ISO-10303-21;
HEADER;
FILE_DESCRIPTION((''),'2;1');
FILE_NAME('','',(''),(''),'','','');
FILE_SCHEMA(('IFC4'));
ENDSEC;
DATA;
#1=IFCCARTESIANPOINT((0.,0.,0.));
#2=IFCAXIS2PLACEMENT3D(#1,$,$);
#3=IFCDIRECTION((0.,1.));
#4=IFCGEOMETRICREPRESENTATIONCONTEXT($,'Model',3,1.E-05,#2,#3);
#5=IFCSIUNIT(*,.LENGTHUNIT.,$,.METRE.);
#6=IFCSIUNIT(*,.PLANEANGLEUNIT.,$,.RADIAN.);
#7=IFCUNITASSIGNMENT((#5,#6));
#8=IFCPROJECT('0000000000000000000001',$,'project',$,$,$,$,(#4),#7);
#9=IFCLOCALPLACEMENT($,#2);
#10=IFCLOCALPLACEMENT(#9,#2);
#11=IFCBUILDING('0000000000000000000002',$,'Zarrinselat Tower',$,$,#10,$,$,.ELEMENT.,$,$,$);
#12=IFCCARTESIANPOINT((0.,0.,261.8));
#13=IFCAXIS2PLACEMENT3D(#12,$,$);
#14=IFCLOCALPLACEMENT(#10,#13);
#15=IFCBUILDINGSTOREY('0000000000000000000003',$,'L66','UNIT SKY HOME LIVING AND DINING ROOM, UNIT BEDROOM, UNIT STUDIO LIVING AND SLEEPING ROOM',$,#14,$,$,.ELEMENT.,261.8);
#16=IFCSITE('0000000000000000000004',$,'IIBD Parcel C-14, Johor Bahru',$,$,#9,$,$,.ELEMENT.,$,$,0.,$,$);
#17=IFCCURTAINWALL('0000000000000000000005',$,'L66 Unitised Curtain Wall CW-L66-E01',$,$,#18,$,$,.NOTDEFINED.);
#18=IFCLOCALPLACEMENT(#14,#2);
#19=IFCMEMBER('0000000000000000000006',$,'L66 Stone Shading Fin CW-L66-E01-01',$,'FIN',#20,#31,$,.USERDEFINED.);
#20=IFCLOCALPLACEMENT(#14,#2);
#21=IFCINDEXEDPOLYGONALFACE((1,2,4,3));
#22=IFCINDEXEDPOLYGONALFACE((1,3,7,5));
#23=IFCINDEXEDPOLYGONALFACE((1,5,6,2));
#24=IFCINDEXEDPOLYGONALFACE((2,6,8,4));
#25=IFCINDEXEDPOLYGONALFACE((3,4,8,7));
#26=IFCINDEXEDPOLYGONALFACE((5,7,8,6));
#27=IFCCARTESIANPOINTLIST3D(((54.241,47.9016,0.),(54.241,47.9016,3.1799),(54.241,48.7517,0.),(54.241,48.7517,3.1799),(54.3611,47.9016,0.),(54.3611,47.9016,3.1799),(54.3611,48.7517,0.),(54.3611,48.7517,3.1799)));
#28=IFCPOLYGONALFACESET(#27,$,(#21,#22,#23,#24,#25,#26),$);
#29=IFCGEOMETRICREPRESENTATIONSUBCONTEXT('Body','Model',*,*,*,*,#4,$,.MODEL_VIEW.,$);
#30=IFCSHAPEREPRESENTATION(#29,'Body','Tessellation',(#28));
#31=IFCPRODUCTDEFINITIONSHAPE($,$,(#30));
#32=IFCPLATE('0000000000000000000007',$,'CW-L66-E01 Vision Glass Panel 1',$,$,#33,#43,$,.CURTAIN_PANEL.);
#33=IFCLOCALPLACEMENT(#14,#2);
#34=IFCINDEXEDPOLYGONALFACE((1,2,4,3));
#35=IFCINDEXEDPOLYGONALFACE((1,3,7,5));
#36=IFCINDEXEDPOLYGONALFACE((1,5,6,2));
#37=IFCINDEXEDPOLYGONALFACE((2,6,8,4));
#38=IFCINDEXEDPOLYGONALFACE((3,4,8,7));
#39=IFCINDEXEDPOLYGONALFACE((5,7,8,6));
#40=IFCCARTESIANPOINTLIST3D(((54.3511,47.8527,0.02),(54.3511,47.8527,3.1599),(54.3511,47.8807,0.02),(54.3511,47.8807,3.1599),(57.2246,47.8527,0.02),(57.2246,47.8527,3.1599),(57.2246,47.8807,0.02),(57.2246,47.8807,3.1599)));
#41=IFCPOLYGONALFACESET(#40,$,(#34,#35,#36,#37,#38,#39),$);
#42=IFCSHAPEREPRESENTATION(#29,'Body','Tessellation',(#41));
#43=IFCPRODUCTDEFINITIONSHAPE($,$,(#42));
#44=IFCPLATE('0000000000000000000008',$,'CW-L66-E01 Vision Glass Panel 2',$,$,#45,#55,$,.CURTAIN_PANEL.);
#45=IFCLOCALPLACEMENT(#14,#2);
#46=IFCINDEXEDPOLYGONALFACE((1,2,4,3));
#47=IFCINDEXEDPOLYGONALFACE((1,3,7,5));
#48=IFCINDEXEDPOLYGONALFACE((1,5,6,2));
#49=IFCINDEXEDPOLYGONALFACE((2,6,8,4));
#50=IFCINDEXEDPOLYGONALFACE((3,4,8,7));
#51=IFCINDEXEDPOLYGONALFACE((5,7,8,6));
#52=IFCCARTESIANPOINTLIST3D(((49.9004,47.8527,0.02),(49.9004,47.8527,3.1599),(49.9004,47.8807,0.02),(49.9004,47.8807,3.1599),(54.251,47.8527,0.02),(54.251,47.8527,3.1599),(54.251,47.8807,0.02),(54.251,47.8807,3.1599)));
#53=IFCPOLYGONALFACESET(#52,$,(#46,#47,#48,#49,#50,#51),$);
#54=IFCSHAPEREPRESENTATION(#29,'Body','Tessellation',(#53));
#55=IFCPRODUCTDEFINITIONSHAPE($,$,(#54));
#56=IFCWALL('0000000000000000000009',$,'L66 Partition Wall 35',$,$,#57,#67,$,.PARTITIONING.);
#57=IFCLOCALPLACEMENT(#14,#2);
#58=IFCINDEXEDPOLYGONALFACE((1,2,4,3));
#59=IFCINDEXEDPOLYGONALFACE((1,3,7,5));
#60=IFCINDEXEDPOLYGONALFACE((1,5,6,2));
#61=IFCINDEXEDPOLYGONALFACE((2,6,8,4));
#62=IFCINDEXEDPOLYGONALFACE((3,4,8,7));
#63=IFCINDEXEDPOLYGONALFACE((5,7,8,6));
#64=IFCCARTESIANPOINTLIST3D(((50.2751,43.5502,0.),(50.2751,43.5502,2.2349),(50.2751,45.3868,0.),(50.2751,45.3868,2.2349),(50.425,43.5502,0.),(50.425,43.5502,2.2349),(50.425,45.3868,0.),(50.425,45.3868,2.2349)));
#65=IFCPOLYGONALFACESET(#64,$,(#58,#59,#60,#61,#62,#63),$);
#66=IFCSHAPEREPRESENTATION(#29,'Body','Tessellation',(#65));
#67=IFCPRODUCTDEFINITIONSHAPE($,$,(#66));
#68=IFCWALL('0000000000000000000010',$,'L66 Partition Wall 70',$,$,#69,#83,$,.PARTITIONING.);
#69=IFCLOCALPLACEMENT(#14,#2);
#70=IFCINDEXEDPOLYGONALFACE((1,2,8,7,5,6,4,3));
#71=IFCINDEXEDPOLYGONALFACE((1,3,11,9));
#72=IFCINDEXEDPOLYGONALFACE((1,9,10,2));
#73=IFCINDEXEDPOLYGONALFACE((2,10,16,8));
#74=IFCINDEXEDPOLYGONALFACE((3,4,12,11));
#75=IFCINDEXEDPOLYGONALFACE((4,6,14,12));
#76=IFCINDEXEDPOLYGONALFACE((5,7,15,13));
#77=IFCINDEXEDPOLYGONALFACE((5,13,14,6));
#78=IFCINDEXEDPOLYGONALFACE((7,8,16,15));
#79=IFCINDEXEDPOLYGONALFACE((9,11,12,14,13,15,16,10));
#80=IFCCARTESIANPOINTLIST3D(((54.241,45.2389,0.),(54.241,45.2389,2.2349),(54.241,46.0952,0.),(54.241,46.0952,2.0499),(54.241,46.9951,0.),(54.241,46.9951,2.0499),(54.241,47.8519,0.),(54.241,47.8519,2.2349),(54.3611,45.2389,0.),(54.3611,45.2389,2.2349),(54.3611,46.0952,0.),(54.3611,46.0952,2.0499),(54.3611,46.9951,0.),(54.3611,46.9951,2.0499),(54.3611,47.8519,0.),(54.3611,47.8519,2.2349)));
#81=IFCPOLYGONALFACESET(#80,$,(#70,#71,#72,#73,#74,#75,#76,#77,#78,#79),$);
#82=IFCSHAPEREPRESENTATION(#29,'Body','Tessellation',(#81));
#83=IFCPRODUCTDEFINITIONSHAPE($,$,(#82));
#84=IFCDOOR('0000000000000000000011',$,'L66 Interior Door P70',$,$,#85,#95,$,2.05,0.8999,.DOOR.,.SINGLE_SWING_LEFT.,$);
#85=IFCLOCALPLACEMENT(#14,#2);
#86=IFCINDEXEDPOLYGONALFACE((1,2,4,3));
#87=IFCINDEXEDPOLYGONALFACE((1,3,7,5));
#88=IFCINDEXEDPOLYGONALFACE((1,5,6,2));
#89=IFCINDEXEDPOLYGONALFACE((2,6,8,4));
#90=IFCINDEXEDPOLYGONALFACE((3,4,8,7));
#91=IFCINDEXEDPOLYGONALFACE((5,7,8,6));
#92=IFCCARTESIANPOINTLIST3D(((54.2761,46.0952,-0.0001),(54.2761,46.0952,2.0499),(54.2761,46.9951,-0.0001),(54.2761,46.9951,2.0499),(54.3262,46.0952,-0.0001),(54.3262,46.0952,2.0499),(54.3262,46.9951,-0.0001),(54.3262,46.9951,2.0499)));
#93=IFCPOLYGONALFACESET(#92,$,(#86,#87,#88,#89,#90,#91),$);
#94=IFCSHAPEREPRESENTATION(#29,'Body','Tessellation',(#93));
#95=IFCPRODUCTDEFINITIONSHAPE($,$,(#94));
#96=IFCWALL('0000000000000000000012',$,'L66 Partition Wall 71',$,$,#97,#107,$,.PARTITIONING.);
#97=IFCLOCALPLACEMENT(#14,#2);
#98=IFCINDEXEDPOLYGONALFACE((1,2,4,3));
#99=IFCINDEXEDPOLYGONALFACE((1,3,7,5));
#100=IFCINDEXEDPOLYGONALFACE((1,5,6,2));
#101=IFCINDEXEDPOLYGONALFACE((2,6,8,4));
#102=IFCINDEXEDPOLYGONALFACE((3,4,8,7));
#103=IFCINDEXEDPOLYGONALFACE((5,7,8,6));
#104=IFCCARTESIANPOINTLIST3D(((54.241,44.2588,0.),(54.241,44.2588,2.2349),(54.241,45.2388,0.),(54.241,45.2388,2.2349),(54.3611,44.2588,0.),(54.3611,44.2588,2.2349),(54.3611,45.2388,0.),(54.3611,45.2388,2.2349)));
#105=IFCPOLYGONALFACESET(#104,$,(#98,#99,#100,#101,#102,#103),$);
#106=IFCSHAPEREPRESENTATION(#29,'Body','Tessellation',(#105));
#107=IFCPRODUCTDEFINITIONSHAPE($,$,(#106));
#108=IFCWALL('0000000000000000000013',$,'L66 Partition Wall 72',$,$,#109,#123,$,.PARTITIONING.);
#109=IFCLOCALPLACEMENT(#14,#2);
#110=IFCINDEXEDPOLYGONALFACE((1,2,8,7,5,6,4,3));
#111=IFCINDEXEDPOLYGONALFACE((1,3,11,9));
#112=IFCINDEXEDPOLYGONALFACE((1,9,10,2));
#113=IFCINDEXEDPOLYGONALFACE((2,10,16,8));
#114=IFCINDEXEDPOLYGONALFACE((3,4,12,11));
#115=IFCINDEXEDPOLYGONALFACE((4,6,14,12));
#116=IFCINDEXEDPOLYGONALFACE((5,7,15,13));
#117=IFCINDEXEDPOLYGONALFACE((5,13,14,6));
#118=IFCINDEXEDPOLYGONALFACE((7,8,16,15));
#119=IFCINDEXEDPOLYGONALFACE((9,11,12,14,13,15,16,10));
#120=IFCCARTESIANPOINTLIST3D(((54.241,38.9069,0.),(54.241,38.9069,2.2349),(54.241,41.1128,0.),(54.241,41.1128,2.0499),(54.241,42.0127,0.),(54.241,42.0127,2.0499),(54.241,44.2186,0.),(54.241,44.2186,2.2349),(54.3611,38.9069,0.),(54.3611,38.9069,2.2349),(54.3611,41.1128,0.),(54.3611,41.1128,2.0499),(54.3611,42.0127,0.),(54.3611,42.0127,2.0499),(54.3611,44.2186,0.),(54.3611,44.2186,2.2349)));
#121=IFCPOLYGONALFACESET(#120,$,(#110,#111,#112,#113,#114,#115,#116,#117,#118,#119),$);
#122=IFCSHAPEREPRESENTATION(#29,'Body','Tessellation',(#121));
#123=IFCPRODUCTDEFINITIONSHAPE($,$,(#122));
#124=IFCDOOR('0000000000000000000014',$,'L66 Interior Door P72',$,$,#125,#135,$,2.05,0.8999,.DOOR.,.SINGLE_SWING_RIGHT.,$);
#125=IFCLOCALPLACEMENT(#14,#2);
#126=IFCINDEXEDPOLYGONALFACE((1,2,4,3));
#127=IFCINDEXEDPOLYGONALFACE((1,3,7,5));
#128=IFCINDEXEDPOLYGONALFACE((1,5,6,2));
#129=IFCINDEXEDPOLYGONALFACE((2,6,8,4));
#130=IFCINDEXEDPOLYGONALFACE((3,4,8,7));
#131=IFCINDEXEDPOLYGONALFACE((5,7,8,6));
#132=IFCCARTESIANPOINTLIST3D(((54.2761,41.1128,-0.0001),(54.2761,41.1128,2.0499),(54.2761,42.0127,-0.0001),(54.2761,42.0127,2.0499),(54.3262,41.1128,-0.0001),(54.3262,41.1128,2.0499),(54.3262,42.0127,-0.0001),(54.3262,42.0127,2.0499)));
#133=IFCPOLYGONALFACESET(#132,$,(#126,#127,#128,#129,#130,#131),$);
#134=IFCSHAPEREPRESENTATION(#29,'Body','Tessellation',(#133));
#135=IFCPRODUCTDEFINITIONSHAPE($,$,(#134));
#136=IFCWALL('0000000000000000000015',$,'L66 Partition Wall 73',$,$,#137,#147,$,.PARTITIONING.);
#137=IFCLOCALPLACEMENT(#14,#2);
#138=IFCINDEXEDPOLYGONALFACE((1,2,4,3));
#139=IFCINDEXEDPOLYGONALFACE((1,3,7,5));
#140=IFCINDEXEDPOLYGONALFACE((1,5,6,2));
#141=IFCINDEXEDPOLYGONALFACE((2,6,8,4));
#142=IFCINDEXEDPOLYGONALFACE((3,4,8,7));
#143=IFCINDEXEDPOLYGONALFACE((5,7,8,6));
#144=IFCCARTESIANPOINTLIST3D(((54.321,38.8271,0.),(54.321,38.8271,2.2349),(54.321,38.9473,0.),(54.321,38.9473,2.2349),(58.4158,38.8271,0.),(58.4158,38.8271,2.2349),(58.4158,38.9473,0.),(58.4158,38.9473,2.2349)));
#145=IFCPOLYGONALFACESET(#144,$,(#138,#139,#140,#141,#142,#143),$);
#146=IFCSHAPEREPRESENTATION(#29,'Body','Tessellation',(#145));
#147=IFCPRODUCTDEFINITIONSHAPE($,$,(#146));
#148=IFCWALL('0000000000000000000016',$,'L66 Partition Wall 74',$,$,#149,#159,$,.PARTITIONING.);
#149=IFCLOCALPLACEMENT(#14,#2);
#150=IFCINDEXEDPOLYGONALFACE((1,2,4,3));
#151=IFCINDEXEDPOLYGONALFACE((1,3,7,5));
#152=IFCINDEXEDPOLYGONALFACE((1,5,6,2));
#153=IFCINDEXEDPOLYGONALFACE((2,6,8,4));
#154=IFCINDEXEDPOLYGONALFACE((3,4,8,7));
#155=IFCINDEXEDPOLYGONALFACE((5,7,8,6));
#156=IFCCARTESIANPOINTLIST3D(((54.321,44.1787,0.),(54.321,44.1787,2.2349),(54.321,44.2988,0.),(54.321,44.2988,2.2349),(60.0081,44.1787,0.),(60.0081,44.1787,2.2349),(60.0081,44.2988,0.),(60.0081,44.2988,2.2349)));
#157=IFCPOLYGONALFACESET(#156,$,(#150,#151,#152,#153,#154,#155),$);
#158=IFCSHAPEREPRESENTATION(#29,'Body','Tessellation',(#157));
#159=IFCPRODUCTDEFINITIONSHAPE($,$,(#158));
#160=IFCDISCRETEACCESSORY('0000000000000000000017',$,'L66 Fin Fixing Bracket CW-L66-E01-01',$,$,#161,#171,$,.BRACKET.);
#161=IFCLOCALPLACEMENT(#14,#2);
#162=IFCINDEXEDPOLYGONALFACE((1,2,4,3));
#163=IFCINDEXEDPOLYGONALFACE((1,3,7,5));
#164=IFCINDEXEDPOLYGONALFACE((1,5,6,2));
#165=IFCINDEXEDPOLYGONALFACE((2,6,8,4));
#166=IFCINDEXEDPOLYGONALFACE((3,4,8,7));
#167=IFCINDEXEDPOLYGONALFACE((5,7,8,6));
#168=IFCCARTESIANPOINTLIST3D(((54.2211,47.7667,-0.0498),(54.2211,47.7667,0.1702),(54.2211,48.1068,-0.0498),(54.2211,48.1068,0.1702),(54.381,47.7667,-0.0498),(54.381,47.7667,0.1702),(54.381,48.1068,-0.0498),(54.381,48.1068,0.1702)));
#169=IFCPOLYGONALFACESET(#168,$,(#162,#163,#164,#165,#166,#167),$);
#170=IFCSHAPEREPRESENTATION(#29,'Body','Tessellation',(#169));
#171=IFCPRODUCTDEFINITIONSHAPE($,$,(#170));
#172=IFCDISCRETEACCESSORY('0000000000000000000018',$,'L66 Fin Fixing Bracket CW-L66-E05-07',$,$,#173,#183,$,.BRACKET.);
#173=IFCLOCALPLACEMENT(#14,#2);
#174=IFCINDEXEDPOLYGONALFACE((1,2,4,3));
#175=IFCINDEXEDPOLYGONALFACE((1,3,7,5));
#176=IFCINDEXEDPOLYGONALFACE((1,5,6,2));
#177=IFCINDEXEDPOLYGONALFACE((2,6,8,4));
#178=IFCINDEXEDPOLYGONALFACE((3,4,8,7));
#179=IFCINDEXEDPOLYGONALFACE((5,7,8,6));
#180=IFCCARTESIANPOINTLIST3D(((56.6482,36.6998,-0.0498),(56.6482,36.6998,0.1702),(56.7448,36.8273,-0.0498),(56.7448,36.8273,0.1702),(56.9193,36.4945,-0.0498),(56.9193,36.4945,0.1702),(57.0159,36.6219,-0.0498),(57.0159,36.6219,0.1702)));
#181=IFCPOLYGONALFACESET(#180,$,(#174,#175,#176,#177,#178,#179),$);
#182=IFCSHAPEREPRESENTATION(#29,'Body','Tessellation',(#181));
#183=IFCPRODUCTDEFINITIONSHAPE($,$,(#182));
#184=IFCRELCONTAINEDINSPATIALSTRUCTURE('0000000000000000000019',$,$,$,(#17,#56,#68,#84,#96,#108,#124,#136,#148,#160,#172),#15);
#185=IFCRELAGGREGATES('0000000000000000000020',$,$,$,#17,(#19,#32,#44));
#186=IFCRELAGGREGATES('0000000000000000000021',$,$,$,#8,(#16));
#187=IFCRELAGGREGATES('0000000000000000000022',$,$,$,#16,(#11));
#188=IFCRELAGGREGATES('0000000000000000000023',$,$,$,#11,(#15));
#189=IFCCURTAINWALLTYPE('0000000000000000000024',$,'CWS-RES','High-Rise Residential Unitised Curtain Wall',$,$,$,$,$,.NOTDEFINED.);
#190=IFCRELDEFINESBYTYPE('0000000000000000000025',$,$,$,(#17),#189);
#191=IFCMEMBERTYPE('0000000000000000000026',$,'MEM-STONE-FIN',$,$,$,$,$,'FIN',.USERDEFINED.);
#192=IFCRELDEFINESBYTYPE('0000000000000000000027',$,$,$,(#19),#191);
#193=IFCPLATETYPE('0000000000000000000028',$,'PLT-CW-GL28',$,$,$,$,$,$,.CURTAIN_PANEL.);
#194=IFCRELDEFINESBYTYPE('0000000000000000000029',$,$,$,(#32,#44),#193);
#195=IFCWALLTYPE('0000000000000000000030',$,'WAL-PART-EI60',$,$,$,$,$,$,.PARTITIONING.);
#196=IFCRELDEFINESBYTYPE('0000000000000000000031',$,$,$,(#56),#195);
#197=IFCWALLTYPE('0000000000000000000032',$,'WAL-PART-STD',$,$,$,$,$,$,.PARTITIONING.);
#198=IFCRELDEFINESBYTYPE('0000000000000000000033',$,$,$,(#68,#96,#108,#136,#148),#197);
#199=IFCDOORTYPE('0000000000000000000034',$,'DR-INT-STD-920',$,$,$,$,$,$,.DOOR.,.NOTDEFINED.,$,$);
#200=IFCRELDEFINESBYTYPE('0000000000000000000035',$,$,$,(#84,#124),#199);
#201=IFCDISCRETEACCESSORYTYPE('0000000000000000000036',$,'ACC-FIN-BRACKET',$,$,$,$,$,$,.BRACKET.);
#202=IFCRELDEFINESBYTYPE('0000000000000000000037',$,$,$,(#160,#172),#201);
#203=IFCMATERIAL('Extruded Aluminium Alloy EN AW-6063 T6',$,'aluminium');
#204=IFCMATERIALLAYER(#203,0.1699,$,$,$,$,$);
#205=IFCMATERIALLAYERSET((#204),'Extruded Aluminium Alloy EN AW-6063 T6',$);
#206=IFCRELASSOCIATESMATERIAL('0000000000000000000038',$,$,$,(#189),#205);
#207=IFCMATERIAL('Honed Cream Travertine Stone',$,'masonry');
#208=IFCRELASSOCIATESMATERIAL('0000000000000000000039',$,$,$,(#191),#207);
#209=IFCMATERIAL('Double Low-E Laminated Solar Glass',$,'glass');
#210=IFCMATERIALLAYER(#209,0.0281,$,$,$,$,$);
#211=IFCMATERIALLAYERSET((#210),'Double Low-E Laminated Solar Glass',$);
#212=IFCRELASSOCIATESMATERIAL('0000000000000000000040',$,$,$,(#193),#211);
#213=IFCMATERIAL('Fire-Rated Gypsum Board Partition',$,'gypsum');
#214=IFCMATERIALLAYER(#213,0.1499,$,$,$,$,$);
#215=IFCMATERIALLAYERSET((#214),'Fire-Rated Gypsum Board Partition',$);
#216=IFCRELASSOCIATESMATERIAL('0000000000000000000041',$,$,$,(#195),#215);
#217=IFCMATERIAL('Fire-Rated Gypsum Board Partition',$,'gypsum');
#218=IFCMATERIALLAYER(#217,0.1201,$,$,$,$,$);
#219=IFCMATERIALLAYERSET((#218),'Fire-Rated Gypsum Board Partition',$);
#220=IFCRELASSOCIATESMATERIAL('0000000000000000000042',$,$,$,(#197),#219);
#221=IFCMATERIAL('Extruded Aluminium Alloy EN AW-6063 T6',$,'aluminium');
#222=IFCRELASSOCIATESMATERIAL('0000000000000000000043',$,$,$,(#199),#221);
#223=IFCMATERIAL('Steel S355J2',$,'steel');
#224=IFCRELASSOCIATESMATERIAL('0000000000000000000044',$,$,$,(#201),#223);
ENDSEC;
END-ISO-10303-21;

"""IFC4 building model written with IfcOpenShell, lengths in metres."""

from ifc_helpers import new_model, si_unit, direction, frame, frame_2d, origin, origin_2d, place, context, subcontext, project, spatial, rectangle, extrude, material, layer, layer_set, material_profile, profile_set, type_object, element, fill, aggregate, save


model = new_model("IFC4")

# Units and contexts
model_context = context("Model", 3, precision=1e-05, world=origin(), true_north=direction((0.0, 1.0)))
body_context = subcontext(model_context, "Body", "Model", "MODEL_VIEW")
ifc_project = project(units=[si_unit("LENGTHUNIT", "METRE"), si_unit("PLANEANGLEUNIT", "RADIAN")], contexts=[model_context])

# Site, building, storey
site_placement = place(None, origin())
site = spatial("IfcSite", under=ifc_project, at=site_placement, Name="IIBD Parcel C-14, Johor Bahru", CompositionType="ELEMENT", RefElevation=0.0)
building_placement = place(site_placement, origin())
building = spatial("IfcBuilding", under=site, at=building_placement, Name="Zarrinselat Tower", CompositionType="ELEMENT")
storey_placement = place(building_placement, frame((0.0, 0.0, 261.8)))
storey = spatial("IfcBuildingStorey", under=building, at=storey_placement, Name="L66", Description="UNIT SKY HOME LIVING AND DINING ROOM, UNIT BEDROOM, UNIT STUDIO LIVING AND SLEEPING ROOM", CompositionType="ELEMENT", Elevation=261.8)

# Curtain wall, member, plates
ifc_material_1 = material(Name="Extruded Aluminium Alloy EN AW-6063 T6", Category="aluminium")
ifc_layer_1 = layer(ifc_material_1, 0.1699)
ifc_layer_set_1 = layer_set([ifc_layer_1], Name="Extruded Aluminium Alloy EN AW-6063 T6")
curtain_wall_type_1 = type_object("IfcCurtainWallType", Name="CWS-RES", Description="High-Rise Residential Unitised Curtain Wall", PredefinedType="NOTDEFINED", material=ifc_layer_set_1)
curtain_wall_1_placement = place(storey_placement, origin())
curtain_wall_1 = element("IfcCurtainWall", 1, at=curtain_wall_1_placement, inside=storey, type_object=curtain_wall_type_1, Name="L66 Unitised Curtain Wall CW-L66-E01", PredefinedType="NOTDEFINED")
ifc_material_2 = material(Name="Honed Cream Travertine Stone", Category="masonry")
ifc_material_profile_1 = material_profile(ifc_material_2, rectangle(XDim=0.1201, YDim=0.8501, at=origin_2d()), Name="FIN 850x120")
ifc_profile_set_1 = profile_set([ifc_material_profile_1], Name="Honed Cream Travertine Stone")
member_type_1 = type_object("IfcMemberType", Name="MEM-STONE-FIN", ElementType="FIN", PredefinedType="USERDEFINED", material=ifc_profile_set_1)
member_1_placement = place(storey_placement, frame((54.301, 48.3267, 0.0), z_axis=(0.0, 0.0, 1.0), x_axis=(1.0, 0.0, 0.0)))
member_1 = element("IfcMember", 2, at=member_1_placement, type_object=member_type_1, Name="L66 Stone Shading Fin CW-L66-E01-01", ObjectType="FIN", PredefinedType="USERDEFINED", context=body_context, shape_type="SweptSolid", body=[
    extrude(rectangle(XDim=0.1201, YDim=0.8501, at=origin_2d()), origin(), (0.0, 0.0, 1.0), 3.1799),
])
ifc_material_3 = material(Name="Double Low-E Laminated Solar Glass", Category="glass")
ifc_layer_2 = layer(ifc_material_3, 0.0281)
ifc_layer_set_2 = layer_set([ifc_layer_2], Name="Double Low-E Laminated Solar Glass")
plate_type = type_object("IfcPlateType", Name="PLT-CW-GL28", PredefinedType="CURTAIN_PANEL", material=ifc_layer_set_2)
plate_1_placement = place(storey_placement, frame((55.7878, 47.8667, 0.02), z_axis=(0.0, 0.0, 1.0), x_axis=(-1.0, 0.0, 0.0)))
plate_1 = element("IfcPlate", 3, at=plate_1_placement, type_object=plate_type, Name="CW-L66-E01 Vision Glass Panel 1", PredefinedType="CURTAIN_PANEL", context=body_context, shape_type="SweptSolid", body=[
    extrude(rectangle(XDim=2.8735, YDim=0.0281, at=origin_2d()), origin(), (0.0, 0.0, 1.0), 3.1399),
])
plate_2_placement = place(storey_placement, frame((52.0757, 47.8667, 0.02), z_axis=(0.0, 0.0, 1.0), x_axis=(-1.0, 0.0, 0.0)))
plate_2 = element("IfcPlate", 4, at=plate_2_placement, type_object=plate_type, Name="CW-L66-E01 Vision Glass Panel 2", PredefinedType="CURTAIN_PANEL", context=body_context, shape_type="SweptSolid", body=[
    extrude(rectangle(XDim=4.3506, YDim=0.0281, at=origin_2d()), origin(), (0.0, 0.0, 1.0), 3.1399),
])
aggregate(curtain_wall_1, [member_1, plate_1, plate_2])

# Wall
ifc_material_4 = material(Name="Fire-Rated Gypsum Board Partition", Category="gypsum")
ifc_layer_3 = layer(ifc_material_4, 0.1499)
ifc_layer_set_3 = layer_set([ifc_layer_3], Name="Fire-Rated Gypsum Board Partition")
wall_type_1 = type_object("IfcWallType", Name="WAL-PART-EI60", PredefinedType="PARTITIONING", material=ifc_layer_set_3)
wall_1_placement = place(storey_placement, frame((50.3501, 43.55, 0.0), z_axis=(0.0, 0.0, 1.0), x_axis=(0.0, 1.0, 0.0)))
element("IfcWall", 5, at=wall_1_placement, inside=storey, type_object=wall_type_1, Name="L66 Partition Wall 35", PredefinedType="PARTITIONING", context=body_context, shape_type="SweptSolid", body=[
    extrude(rectangle(XDim=1.8367, YDim=0.1499, at=frame_2d((0.9185, 0.0))), origin(), (0.0, 0.0, 1.0), 2.2349),
])

# Wall, opening, door
ifc_material_5 = material(Name="Fire-Rated Gypsum Board Partition", Category="gypsum")
ifc_layer_4 = layer(ifc_material_5, 0.1201)
ifc_layer_set_4 = layer_set([ifc_layer_4], Name="Fire-Rated Gypsum Board Partition")
wall_type_2 = type_object("IfcWallType", Name="WAL-PART-STD", PredefinedType="PARTITIONING", material=ifc_layer_set_4)
wall_2_placement = place(storey_placement, frame((54.301, 45.2388, 0.0), z_axis=(0.0, 0.0, 1.0), x_axis=(0.0, 1.0, 0.0)))
wall_2 = element("IfcWall", 6, at=wall_2_placement, inside=storey, type_object=wall_type_2, Name="L66 Partition Wall 70", PredefinedType="PARTITIONING", context=body_context, shape_type="SweptSolid", body=[
    extrude(rectangle(XDim=2.613, YDim=0.1201, at=frame_2d((1.3066, 0.0))), origin(), (0.0, 0.0, 1.0), 2.2349),
])
opening_1_placement = place(wall_2_placement, frame((0.8564, 0.0, 0.0)))
opening_1 = element("IfcOpeningElement", 7, at=opening_1_placement, cuts=wall_2, PredefinedType="OPENING", context=body_context, shape_type="SweptSolid", body=[
    extrude(rectangle(XDim=0.8999, YDim=2.05, at=frame_2d((0.45, 1.0249))), frame((0.0, 0.0701, 0.0), z_axis=(0.0, -1.0, 0.0), x_axis=(1.0, 0.0, 0.0)), (0.0, 0.0, 1.0), 0.1401),
])
ifc_material_6 = material(Name="Extruded Aluminium Alloy EN AW-6063 T6", Category="aluminium")
door_type = type_object("IfcDoorType", Name="DR-INT-STD-920", OperationType="NOTDEFINED", PredefinedType="DOOR", material=ifc_material_6)
door_1_placement = place(opening_1_placement, origin())
door_1 = element("IfcDoor", 8, at=door_1_placement, inside=storey, type_object=door_type, Name="L66 Interior Door P70", OperationType="SINGLE_SWING_LEFT", OverallHeight=2.05, OverallWidth=0.8999, PredefinedType="DOOR", context=body_context, shape_type="SweptSolid", body=[
    extrude(rectangle(XDim=0.8999, YDim=2.05, at=frame_2d((0.45, 1.0249))), frame((0.0, 0.0249, 0.0), z_axis=(0.0, -1.0, 0.0), x_axis=(1.0, 0.0, 0.0)), (0.0, 0.0, 1.0), 0.05),
])
fill(opening_1, door_1)

# Wall
wall_3_placement = place(storey_placement, frame((54.301, 44.2588, 0.0), z_axis=(0.0, 0.0, 1.0), x_axis=(0.0, 1.0, 0.0)))
element("IfcWall", 9, at=wall_3_placement, inside=storey, type_object=wall_type_2, Name="L66 Partition Wall 71", PredefinedType="PARTITIONING", context=body_context, shape_type="SweptSolid", body=[
    extrude(rectangle(XDim=0.98, YDim=0.1201, at=frame_2d((0.49, 0.0))), origin(), (0.0, 0.0, 1.0), 2.2349),
])

# Wall, opening, door
wall_4_placement = place(storey_placement, frame((54.301, 38.907, 0.0), z_axis=(0.0, 0.0, 1.0), x_axis=(0.0, 1.0, 0.0)))
wall_4 = element("IfcWall", 10, at=wall_4_placement, inside=storey, type_object=wall_type_2, Name="L66 Partition Wall 72", PredefinedType="PARTITIONING", context=body_context, shape_type="SweptSolid", body=[
    extrude(rectangle(XDim=5.3118, YDim=0.1201, at=frame_2d((2.6558, 0.0))), origin(), (0.0, 0.0, 1.0), 2.2349),
])
opening_2_placement = place(wall_4_placement, frame((2.2058, 0.0, 0.0)))
opening_2 = element("IfcOpeningElement", 11, at=opening_2_placement, cuts=wall_4, PredefinedType="OPENING", context=body_context, shape_type="SweptSolid", body=[
    extrude(rectangle(XDim=0.8999, YDim=2.05, at=frame_2d((0.45, 1.0249))), frame((0.0, 0.0701, 0.0), z_axis=(0.0, -1.0, 0.0), x_axis=(1.0, 0.0, 0.0)), (0.0, 0.0, 1.0), 0.1401),
])
door_2_placement = place(opening_2_placement, origin())
door_2 = element("IfcDoor", 12, at=door_2_placement, inside=storey, type_object=door_type, Name="L66 Interior Door P72", OperationType="SINGLE_SWING_RIGHT", OverallHeight=2.05, OverallWidth=0.8999, PredefinedType="DOOR", context=body_context, shape_type="SweptSolid", body=[
    extrude(rectangle(XDim=0.8999, YDim=2.05, at=frame_2d((0.45, 1.0249))), frame((0.0, 0.0249, 0.0), z_axis=(0.0, -1.0, 0.0), x_axis=(1.0, 0.0, 0.0)), (0.0, 0.0, 1.0), 0.05),
])
fill(opening_2, door_2)

# Walls
wall_5_placement = place(storey_placement, frame((54.321, 38.8872, 0.0), z_axis=(0.0, 0.0, 1.0), x_axis=(1.0, 0.0, 0.0)))
element("IfcWall", 13, at=wall_5_placement, inside=storey, type_object=wall_type_2, Name="L66 Partition Wall 73", PredefinedType="PARTITIONING", context=body_context, shape_type="SweptSolid", body=[
    extrude(rectangle(XDim=4.0947, YDim=0.1201, at=frame_2d((2.0474, 0.0))), origin(), (0.0, 0.0, 1.0), 2.2349),
])
wall_6_placement = place(storey_placement, frame((54.321, 44.2388, 0.0), z_axis=(0.0, 0.0, 1.0), x_axis=(1.0, 0.0, 0.0)))
element("IfcWall", 14, at=wall_6_placement, inside=storey, type_object=wall_type_2, Name="L66 Partition Wall 74", PredefinedType="PARTITIONING", context=body_context, shape_type="SweptSolid", body=[
    extrude(rectangle(XDim=5.687, YDim=0.1201, at=frame_2d((2.8435, 0.0))), origin(), (0.0, 0.0, 1.0), 2.2349),
])

# Discrete accessories
ifc_material_7 = material(Name="Steel S355J2", Category="steel")
discrete_accessory_type = type_object("IfcDiscreteAccessoryType", Name="ACC-FIN-BRACKET", PredefinedType="BRACKET", material=ifc_material_7)
for number, where, z_axis, x_axis, name in (
    (15, (54.301, 47.9368, -0.0498), (0.0, 0.0, 1.0), (0.0, 1.0, 0.0), "L66 Fin Fixing Bracket CW-L66-E01-01"),
    (16, (56.832, 36.6609, -0.0498), (0.0, 0.0, 1.0), (0.797091, -0.60386, 0.0), "L66 Fin Fixing Bracket CW-L66-E05-07"),
):
    element("IfcDiscreteAccessory", number, at=place(storey_placement, frame(where, z_axis=z_axis, x_axis=x_axis)), inside=storey, type_object=discrete_accessory_type, Name=name, PredefinedType="BRACKET", context=body_context, shape_type="SweptSolid", body=[
        extrude(rectangle(XDim=0.3401, YDim=0.1599, at=origin_2d()), origin(), (0.0, 0.0, 1.0), 0.22),
    ])

save(model, "model.ifc")
